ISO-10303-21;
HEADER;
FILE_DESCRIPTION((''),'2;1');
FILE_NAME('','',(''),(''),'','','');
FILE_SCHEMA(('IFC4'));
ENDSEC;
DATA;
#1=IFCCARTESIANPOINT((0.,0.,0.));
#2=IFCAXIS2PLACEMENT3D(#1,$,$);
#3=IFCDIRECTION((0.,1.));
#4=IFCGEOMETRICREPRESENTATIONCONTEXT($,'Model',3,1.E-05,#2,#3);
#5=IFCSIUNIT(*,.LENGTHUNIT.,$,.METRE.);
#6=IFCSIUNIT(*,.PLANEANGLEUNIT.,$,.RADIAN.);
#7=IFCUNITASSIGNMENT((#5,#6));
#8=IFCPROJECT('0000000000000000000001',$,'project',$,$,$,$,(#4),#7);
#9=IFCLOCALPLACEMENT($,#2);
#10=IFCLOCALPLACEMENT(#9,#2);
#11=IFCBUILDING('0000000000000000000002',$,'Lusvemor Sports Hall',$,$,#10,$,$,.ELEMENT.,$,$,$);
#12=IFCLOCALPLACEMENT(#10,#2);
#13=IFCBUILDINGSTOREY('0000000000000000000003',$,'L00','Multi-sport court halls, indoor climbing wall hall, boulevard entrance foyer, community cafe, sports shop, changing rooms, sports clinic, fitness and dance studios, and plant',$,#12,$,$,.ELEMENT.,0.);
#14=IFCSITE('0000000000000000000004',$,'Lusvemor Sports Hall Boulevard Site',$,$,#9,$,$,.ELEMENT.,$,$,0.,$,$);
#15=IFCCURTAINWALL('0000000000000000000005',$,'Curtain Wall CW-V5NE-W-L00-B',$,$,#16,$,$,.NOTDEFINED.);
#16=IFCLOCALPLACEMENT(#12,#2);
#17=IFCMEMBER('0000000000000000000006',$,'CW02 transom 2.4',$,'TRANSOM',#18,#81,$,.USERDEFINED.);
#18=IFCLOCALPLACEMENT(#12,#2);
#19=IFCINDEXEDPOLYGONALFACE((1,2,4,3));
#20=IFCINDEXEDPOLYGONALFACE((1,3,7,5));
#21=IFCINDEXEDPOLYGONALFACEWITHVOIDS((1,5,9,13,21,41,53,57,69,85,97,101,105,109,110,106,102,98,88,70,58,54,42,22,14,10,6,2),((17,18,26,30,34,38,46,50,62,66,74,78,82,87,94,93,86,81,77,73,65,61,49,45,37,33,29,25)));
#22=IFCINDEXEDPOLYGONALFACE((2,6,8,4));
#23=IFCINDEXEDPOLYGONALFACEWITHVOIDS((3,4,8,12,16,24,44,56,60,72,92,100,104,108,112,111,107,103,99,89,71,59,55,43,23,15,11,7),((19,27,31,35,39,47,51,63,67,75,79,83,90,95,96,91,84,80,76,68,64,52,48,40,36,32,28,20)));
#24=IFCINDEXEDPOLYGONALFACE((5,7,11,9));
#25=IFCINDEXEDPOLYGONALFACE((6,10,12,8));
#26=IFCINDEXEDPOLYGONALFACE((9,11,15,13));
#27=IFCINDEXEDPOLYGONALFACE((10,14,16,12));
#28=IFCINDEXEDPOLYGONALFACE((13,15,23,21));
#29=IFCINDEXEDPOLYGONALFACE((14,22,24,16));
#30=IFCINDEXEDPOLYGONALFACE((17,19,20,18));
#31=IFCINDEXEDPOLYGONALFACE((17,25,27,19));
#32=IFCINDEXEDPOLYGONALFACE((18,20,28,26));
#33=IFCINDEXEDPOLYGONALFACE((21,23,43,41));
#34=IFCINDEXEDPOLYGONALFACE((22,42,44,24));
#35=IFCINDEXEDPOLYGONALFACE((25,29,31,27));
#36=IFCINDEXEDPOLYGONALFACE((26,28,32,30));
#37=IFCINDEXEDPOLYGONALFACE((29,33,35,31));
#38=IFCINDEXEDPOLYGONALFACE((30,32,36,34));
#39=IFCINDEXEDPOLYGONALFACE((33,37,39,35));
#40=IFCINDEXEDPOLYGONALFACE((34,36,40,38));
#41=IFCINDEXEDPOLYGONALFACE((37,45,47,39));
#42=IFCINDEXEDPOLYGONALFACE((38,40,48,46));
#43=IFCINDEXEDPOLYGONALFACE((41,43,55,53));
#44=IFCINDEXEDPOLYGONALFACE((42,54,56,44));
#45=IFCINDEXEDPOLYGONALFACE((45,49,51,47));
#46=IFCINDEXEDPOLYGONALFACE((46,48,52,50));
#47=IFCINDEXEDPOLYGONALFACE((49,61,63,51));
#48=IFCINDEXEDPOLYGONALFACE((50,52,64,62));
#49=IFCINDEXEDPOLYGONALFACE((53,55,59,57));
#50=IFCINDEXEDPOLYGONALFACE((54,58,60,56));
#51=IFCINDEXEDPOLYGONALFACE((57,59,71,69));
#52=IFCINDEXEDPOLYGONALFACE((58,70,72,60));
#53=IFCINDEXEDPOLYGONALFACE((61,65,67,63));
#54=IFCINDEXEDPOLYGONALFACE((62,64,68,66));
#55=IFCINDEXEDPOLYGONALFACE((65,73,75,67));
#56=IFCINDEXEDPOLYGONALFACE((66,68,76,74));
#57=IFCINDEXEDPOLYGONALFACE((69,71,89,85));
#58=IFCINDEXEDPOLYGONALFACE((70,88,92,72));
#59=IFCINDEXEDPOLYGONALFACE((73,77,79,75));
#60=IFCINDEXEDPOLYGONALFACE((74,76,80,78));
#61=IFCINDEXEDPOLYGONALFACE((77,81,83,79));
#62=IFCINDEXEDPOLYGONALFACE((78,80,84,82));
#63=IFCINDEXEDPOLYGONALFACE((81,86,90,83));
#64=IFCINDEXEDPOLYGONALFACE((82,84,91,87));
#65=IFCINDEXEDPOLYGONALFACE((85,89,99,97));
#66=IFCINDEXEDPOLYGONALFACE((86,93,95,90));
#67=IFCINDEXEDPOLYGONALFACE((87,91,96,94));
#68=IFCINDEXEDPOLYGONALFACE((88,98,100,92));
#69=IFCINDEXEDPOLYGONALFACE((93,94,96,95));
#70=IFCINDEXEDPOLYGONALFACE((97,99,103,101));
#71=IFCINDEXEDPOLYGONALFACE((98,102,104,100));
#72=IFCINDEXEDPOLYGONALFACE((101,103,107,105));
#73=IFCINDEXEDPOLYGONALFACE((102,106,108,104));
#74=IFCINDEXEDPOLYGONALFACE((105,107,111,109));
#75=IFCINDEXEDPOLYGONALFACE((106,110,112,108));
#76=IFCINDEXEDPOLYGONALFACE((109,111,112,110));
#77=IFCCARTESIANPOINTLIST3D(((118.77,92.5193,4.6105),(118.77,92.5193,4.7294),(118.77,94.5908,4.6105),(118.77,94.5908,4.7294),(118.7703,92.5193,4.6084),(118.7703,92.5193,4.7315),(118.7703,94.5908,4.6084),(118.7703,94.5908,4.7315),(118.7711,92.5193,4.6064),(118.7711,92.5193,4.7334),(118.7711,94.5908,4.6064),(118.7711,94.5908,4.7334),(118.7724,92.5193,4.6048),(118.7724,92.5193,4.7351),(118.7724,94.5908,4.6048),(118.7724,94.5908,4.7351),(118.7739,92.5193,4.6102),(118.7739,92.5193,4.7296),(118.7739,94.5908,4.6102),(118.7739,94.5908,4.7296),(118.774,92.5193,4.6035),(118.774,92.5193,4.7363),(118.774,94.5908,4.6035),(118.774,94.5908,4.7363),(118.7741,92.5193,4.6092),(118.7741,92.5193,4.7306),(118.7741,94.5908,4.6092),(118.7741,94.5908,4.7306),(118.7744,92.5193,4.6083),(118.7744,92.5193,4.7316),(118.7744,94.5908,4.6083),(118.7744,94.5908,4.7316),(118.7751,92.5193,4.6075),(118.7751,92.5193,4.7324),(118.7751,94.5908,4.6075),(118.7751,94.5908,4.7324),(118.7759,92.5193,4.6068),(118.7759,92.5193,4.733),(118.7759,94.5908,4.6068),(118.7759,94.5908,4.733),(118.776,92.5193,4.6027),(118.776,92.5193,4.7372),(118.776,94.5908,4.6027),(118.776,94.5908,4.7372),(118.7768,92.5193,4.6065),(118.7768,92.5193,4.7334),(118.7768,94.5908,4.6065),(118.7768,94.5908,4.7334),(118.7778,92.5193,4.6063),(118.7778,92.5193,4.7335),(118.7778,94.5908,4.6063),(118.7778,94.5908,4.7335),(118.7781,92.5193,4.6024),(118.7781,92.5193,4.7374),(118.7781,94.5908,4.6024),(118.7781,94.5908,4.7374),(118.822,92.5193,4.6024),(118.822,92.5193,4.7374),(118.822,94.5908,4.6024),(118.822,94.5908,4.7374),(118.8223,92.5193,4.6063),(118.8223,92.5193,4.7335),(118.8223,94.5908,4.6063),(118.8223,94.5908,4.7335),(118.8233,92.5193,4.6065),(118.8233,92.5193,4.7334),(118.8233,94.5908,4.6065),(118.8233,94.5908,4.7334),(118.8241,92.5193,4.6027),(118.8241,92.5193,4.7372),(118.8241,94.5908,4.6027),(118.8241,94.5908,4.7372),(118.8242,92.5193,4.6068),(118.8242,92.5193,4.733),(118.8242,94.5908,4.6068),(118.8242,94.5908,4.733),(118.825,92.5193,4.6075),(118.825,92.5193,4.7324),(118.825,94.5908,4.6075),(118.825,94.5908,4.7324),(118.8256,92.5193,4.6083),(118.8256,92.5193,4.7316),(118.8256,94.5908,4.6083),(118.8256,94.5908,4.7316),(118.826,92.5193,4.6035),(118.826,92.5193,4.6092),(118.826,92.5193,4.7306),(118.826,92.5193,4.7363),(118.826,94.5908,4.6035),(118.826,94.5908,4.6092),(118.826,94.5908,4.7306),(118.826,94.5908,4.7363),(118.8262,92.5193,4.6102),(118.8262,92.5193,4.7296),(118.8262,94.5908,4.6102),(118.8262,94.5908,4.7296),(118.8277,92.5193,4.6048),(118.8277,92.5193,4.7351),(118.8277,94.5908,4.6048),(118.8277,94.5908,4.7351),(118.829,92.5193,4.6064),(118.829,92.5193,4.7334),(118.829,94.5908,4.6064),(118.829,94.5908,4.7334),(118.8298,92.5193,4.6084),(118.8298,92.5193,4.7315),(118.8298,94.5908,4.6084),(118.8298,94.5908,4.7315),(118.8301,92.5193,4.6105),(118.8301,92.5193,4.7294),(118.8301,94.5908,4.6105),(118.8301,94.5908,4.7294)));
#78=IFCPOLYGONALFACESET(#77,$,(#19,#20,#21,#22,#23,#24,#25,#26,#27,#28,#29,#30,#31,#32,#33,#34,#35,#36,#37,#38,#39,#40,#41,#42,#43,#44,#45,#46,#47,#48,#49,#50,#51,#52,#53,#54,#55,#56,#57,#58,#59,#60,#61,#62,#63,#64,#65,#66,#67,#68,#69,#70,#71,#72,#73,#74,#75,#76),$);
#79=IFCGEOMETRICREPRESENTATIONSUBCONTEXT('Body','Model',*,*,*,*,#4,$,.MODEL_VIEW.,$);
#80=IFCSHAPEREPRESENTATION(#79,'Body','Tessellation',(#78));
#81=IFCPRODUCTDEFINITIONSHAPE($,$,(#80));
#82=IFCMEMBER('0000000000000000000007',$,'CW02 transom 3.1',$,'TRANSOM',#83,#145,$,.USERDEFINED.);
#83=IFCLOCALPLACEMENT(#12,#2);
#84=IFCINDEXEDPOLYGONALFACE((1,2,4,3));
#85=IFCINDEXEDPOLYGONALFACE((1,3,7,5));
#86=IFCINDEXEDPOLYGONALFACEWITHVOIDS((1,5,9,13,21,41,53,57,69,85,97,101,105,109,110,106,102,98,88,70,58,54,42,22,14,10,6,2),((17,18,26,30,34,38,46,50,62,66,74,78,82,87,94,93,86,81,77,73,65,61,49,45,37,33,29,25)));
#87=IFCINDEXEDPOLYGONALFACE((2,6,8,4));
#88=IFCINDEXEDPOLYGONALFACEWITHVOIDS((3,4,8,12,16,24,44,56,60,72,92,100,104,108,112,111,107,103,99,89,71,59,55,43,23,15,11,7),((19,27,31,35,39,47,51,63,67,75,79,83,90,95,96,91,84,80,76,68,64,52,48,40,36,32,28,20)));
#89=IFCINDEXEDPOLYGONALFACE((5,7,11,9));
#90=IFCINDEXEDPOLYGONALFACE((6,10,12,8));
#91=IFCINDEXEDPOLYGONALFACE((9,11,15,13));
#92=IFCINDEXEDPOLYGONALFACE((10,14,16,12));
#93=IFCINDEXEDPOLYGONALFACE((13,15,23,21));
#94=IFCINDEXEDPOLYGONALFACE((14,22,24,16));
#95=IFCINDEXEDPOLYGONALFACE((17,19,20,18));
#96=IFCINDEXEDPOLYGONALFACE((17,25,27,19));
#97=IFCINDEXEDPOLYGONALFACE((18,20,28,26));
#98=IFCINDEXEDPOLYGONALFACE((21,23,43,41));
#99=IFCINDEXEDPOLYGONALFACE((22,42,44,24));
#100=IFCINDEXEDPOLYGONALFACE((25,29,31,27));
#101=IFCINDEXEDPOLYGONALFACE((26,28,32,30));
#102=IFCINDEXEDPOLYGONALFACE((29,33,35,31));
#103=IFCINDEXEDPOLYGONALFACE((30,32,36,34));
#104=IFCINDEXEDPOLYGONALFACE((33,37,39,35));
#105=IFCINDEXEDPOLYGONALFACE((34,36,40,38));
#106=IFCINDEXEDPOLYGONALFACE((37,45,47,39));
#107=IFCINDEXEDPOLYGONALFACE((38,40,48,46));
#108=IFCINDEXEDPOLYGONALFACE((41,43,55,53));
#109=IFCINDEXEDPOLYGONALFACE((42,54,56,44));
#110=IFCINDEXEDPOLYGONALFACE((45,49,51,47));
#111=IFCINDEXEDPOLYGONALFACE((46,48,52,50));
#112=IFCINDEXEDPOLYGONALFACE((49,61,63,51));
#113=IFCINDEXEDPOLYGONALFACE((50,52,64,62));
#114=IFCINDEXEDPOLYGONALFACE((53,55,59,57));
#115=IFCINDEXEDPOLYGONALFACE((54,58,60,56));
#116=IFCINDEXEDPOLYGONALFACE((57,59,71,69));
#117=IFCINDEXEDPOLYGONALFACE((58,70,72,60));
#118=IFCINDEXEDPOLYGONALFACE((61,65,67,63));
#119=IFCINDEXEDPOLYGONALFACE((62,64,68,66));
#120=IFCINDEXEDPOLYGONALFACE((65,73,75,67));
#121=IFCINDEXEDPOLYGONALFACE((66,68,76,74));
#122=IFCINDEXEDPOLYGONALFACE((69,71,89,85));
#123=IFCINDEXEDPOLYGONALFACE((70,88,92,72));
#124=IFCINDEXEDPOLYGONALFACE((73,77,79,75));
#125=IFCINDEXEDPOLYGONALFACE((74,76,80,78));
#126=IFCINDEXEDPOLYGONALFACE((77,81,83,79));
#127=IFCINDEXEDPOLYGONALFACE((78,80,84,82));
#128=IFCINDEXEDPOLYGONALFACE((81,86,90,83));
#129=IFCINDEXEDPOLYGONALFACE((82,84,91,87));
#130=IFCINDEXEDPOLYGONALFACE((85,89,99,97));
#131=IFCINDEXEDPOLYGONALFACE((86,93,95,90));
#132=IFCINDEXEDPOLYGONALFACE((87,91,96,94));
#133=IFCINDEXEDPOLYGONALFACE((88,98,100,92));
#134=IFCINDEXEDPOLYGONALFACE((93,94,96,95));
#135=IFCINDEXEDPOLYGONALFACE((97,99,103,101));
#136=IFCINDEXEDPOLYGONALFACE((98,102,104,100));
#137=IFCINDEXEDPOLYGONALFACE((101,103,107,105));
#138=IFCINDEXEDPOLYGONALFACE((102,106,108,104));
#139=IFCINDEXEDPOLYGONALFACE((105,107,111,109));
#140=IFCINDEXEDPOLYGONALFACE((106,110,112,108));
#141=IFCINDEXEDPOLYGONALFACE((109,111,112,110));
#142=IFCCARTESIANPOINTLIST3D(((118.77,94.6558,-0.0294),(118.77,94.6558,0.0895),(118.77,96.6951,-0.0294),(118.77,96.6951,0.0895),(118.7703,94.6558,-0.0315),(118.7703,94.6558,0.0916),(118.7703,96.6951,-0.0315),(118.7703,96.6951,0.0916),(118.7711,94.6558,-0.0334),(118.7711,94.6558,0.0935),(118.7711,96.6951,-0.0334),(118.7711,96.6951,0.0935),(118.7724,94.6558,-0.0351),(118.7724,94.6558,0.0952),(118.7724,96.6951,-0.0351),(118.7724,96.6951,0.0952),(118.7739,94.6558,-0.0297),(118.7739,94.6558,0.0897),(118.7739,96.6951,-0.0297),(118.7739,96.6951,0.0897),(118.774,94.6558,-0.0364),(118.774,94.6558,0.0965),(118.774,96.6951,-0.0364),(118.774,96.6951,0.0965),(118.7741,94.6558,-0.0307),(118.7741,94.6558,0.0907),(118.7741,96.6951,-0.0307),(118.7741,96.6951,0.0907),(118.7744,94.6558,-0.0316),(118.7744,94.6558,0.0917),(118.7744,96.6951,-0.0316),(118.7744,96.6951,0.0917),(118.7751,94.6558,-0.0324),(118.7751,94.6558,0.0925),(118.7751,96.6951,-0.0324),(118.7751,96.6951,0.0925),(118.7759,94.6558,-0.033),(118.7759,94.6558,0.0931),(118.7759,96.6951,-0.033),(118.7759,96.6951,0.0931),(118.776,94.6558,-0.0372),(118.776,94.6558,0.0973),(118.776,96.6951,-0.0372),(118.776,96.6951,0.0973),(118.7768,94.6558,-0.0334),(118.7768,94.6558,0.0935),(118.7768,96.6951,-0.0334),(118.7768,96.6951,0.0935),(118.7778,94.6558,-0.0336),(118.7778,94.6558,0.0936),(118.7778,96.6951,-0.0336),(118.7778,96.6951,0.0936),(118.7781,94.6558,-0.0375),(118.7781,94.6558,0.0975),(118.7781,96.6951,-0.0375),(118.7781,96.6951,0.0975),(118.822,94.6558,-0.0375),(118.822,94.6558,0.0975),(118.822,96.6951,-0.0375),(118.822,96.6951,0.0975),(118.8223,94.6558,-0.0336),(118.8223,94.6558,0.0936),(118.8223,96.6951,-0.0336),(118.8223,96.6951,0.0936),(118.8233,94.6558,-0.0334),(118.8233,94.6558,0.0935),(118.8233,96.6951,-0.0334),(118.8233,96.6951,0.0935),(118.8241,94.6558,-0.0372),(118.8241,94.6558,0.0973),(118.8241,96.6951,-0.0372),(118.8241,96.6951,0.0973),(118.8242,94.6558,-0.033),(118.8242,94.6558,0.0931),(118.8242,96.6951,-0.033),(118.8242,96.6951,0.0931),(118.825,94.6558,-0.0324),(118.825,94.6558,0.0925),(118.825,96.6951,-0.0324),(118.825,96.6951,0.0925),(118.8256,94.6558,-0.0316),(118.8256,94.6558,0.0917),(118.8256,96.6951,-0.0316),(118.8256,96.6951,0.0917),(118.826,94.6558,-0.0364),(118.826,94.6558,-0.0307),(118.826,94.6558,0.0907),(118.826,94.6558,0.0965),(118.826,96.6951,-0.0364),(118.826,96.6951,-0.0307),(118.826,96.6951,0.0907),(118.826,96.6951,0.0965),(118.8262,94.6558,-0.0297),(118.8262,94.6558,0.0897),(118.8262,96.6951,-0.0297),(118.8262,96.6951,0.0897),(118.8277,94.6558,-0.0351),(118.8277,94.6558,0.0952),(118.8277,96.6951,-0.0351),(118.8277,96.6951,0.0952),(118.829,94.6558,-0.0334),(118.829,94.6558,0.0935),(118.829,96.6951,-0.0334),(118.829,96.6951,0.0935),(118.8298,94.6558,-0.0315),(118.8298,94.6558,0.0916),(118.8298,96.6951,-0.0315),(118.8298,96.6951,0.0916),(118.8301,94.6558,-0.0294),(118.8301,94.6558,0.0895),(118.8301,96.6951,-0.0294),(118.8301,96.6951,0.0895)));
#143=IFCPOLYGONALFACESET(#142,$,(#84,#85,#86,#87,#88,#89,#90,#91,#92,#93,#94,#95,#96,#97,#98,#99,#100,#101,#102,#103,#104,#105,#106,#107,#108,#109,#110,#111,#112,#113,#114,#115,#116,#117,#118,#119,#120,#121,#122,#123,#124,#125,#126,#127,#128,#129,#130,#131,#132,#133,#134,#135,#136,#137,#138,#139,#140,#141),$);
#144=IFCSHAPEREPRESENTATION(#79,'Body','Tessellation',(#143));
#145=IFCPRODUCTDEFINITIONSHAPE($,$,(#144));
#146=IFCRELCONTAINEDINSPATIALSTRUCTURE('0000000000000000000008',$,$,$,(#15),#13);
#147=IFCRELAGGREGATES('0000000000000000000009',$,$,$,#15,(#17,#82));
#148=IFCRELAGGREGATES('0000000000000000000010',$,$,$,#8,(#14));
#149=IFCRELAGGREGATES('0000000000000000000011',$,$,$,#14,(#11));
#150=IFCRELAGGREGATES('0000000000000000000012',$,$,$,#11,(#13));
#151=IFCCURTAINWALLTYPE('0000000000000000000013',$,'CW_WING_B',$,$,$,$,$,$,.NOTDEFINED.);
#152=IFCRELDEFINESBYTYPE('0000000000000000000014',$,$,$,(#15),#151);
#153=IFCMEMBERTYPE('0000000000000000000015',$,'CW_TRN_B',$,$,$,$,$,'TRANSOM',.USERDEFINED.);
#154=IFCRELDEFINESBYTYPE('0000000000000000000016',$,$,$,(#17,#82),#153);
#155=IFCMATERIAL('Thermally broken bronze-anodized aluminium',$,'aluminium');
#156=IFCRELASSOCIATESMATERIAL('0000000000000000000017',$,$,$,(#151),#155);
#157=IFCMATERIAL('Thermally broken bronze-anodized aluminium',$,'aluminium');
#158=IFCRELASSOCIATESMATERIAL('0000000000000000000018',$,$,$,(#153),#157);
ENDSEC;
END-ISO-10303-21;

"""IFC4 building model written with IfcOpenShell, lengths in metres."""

from ifc_helpers import new_model, si_unit, direction, frame, origin, origin_2d, place, context, subcontext, project, spatial, hollow_rectangle, extrude, material, material_profile, profile_set, type_object, element, aggregate, save


model = new_model("IFC4")

# Units and contexts
model_context = context("Model", 3, precision=1e-05, world=origin(), true_north=direction((0.0, 1.0)))
body_context = subcontext(model_context, "Body", "Model", "MODEL_VIEW")
ifc_project = project(units=[si_unit("LENGTHUNIT", "METRE"), si_unit("PLANEANGLEUNIT", "RADIAN")], contexts=[model_context])

# Site, building, storey
site_placement = place(None, origin())
site = spatial("IfcSite", under=ifc_project, at=site_placement, Name="Lusvemor Sports Hall Boulevard Site", CompositionType="ELEMENT", RefElevation=0.0)
building_placement = place(site_placement, origin())
building = spatial("IfcBuilding", under=site, at=building_placement, Name="Lusvemor Sports Hall", CompositionType="ELEMENT")
storey_placement = place(building_placement, origin())
storey = spatial("IfcBuildingStorey", under=building, at=storey_placement, Name="L00", Description="Multi-sport court halls, indoor climbing wall hall, boulevard entrance foyer, community cafe, sports shop, changing rooms, sports clinic, fitness and dance studios, and plant", CompositionType="ELEMENT", Elevation=0.0)

# Curtain wall, members
ifc_material_1 = material(Name="Thermally broken bronze-anodized aluminium", Category="aluminium")
curtain_wall_type = type_object("IfcCurtainWallType", Name="CW_WING_B", PredefinedType="NOTDEFINED", material=ifc_material_1)
curtain_wall_placement = place(storey_placement, origin())
curtain_wall = element("IfcCurtainWall", 1, at=curtain_wall_placement, inside=storey, type_object=curtain_wall_type, Name="Curtain Wall CW-V5NE-W-L00-B", PredefinedType="NOTDEFINED")
ifc_material_2 = material(Name="Thermally broken bronze-anodized aluminium", Category="aluminium")
ifc_material_profile_1 = material_profile(ifc_material_2, hollow_rectangle(XDim=0.0601, YDim=0.135, WallThickness=0.0039, InnerFilletRadius=0.0039, OuterFilletRadius=0.0081, at=origin_2d()), Name="CWTRN135x60x4")
ifc_profile_set_1 = profile_set([ifc_material_profile_1], Name="Thermally broken bronze-anodized aluminium")
member_type_1 = type_object("IfcMemberType", Name="CW_TRN_B", ElementType="TRANSOM", PredefinedType="USERDEFINED", material=ifc_profile_set_1)
member_1_placement = place(storey_placement, frame((118.8, 92.5193, 4.6699), z_axis=(0.0, 1.0, 0.0), x_axis=(-1.0, 0.0, 0.0)))
member_1 = element("IfcMember", 2, at=member_1_placement, type_object=member_type_1, Name="CW02 transom 2.4", ObjectType="TRANSOM", PredefinedType="USERDEFINED", context=body_context, shape_type="SweptSolid", body=[
    extrude(hollow_rectangle(XDim=0.0601, YDim=0.135, WallThickness=0.0039, InnerFilletRadius=0.0039, OuterFilletRadius=0.0081, at=origin_2d()), origin(), (0.0, 0.0, 1.0), 2.0715),
])
member_2_placement = place(storey_placement, frame((118.8, 94.6558, 0.03), z_axis=(0.0, 1.0, 0.0), x_axis=(-1.0, 0.0, 0.0)))
member_2 = element("IfcMember", 3, at=member_2_placement, type_object=member_type_1, Name="CW02 transom 3.1", ObjectType="TRANSOM", PredefinedType="USERDEFINED", context=body_context, shape_type="SweptSolid", body=[
    extrude(hollow_rectangle(XDim=0.0601, YDim=0.135, WallThickness=0.0039, InnerFilletRadius=0.0039, OuterFilletRadius=0.0081, at=origin_2d()), origin(), (0.0, 0.0, 1.0), 2.0393),
])
aggregate(curtain_wall, [member_1, member_2])

save(model, "model.ifc")
